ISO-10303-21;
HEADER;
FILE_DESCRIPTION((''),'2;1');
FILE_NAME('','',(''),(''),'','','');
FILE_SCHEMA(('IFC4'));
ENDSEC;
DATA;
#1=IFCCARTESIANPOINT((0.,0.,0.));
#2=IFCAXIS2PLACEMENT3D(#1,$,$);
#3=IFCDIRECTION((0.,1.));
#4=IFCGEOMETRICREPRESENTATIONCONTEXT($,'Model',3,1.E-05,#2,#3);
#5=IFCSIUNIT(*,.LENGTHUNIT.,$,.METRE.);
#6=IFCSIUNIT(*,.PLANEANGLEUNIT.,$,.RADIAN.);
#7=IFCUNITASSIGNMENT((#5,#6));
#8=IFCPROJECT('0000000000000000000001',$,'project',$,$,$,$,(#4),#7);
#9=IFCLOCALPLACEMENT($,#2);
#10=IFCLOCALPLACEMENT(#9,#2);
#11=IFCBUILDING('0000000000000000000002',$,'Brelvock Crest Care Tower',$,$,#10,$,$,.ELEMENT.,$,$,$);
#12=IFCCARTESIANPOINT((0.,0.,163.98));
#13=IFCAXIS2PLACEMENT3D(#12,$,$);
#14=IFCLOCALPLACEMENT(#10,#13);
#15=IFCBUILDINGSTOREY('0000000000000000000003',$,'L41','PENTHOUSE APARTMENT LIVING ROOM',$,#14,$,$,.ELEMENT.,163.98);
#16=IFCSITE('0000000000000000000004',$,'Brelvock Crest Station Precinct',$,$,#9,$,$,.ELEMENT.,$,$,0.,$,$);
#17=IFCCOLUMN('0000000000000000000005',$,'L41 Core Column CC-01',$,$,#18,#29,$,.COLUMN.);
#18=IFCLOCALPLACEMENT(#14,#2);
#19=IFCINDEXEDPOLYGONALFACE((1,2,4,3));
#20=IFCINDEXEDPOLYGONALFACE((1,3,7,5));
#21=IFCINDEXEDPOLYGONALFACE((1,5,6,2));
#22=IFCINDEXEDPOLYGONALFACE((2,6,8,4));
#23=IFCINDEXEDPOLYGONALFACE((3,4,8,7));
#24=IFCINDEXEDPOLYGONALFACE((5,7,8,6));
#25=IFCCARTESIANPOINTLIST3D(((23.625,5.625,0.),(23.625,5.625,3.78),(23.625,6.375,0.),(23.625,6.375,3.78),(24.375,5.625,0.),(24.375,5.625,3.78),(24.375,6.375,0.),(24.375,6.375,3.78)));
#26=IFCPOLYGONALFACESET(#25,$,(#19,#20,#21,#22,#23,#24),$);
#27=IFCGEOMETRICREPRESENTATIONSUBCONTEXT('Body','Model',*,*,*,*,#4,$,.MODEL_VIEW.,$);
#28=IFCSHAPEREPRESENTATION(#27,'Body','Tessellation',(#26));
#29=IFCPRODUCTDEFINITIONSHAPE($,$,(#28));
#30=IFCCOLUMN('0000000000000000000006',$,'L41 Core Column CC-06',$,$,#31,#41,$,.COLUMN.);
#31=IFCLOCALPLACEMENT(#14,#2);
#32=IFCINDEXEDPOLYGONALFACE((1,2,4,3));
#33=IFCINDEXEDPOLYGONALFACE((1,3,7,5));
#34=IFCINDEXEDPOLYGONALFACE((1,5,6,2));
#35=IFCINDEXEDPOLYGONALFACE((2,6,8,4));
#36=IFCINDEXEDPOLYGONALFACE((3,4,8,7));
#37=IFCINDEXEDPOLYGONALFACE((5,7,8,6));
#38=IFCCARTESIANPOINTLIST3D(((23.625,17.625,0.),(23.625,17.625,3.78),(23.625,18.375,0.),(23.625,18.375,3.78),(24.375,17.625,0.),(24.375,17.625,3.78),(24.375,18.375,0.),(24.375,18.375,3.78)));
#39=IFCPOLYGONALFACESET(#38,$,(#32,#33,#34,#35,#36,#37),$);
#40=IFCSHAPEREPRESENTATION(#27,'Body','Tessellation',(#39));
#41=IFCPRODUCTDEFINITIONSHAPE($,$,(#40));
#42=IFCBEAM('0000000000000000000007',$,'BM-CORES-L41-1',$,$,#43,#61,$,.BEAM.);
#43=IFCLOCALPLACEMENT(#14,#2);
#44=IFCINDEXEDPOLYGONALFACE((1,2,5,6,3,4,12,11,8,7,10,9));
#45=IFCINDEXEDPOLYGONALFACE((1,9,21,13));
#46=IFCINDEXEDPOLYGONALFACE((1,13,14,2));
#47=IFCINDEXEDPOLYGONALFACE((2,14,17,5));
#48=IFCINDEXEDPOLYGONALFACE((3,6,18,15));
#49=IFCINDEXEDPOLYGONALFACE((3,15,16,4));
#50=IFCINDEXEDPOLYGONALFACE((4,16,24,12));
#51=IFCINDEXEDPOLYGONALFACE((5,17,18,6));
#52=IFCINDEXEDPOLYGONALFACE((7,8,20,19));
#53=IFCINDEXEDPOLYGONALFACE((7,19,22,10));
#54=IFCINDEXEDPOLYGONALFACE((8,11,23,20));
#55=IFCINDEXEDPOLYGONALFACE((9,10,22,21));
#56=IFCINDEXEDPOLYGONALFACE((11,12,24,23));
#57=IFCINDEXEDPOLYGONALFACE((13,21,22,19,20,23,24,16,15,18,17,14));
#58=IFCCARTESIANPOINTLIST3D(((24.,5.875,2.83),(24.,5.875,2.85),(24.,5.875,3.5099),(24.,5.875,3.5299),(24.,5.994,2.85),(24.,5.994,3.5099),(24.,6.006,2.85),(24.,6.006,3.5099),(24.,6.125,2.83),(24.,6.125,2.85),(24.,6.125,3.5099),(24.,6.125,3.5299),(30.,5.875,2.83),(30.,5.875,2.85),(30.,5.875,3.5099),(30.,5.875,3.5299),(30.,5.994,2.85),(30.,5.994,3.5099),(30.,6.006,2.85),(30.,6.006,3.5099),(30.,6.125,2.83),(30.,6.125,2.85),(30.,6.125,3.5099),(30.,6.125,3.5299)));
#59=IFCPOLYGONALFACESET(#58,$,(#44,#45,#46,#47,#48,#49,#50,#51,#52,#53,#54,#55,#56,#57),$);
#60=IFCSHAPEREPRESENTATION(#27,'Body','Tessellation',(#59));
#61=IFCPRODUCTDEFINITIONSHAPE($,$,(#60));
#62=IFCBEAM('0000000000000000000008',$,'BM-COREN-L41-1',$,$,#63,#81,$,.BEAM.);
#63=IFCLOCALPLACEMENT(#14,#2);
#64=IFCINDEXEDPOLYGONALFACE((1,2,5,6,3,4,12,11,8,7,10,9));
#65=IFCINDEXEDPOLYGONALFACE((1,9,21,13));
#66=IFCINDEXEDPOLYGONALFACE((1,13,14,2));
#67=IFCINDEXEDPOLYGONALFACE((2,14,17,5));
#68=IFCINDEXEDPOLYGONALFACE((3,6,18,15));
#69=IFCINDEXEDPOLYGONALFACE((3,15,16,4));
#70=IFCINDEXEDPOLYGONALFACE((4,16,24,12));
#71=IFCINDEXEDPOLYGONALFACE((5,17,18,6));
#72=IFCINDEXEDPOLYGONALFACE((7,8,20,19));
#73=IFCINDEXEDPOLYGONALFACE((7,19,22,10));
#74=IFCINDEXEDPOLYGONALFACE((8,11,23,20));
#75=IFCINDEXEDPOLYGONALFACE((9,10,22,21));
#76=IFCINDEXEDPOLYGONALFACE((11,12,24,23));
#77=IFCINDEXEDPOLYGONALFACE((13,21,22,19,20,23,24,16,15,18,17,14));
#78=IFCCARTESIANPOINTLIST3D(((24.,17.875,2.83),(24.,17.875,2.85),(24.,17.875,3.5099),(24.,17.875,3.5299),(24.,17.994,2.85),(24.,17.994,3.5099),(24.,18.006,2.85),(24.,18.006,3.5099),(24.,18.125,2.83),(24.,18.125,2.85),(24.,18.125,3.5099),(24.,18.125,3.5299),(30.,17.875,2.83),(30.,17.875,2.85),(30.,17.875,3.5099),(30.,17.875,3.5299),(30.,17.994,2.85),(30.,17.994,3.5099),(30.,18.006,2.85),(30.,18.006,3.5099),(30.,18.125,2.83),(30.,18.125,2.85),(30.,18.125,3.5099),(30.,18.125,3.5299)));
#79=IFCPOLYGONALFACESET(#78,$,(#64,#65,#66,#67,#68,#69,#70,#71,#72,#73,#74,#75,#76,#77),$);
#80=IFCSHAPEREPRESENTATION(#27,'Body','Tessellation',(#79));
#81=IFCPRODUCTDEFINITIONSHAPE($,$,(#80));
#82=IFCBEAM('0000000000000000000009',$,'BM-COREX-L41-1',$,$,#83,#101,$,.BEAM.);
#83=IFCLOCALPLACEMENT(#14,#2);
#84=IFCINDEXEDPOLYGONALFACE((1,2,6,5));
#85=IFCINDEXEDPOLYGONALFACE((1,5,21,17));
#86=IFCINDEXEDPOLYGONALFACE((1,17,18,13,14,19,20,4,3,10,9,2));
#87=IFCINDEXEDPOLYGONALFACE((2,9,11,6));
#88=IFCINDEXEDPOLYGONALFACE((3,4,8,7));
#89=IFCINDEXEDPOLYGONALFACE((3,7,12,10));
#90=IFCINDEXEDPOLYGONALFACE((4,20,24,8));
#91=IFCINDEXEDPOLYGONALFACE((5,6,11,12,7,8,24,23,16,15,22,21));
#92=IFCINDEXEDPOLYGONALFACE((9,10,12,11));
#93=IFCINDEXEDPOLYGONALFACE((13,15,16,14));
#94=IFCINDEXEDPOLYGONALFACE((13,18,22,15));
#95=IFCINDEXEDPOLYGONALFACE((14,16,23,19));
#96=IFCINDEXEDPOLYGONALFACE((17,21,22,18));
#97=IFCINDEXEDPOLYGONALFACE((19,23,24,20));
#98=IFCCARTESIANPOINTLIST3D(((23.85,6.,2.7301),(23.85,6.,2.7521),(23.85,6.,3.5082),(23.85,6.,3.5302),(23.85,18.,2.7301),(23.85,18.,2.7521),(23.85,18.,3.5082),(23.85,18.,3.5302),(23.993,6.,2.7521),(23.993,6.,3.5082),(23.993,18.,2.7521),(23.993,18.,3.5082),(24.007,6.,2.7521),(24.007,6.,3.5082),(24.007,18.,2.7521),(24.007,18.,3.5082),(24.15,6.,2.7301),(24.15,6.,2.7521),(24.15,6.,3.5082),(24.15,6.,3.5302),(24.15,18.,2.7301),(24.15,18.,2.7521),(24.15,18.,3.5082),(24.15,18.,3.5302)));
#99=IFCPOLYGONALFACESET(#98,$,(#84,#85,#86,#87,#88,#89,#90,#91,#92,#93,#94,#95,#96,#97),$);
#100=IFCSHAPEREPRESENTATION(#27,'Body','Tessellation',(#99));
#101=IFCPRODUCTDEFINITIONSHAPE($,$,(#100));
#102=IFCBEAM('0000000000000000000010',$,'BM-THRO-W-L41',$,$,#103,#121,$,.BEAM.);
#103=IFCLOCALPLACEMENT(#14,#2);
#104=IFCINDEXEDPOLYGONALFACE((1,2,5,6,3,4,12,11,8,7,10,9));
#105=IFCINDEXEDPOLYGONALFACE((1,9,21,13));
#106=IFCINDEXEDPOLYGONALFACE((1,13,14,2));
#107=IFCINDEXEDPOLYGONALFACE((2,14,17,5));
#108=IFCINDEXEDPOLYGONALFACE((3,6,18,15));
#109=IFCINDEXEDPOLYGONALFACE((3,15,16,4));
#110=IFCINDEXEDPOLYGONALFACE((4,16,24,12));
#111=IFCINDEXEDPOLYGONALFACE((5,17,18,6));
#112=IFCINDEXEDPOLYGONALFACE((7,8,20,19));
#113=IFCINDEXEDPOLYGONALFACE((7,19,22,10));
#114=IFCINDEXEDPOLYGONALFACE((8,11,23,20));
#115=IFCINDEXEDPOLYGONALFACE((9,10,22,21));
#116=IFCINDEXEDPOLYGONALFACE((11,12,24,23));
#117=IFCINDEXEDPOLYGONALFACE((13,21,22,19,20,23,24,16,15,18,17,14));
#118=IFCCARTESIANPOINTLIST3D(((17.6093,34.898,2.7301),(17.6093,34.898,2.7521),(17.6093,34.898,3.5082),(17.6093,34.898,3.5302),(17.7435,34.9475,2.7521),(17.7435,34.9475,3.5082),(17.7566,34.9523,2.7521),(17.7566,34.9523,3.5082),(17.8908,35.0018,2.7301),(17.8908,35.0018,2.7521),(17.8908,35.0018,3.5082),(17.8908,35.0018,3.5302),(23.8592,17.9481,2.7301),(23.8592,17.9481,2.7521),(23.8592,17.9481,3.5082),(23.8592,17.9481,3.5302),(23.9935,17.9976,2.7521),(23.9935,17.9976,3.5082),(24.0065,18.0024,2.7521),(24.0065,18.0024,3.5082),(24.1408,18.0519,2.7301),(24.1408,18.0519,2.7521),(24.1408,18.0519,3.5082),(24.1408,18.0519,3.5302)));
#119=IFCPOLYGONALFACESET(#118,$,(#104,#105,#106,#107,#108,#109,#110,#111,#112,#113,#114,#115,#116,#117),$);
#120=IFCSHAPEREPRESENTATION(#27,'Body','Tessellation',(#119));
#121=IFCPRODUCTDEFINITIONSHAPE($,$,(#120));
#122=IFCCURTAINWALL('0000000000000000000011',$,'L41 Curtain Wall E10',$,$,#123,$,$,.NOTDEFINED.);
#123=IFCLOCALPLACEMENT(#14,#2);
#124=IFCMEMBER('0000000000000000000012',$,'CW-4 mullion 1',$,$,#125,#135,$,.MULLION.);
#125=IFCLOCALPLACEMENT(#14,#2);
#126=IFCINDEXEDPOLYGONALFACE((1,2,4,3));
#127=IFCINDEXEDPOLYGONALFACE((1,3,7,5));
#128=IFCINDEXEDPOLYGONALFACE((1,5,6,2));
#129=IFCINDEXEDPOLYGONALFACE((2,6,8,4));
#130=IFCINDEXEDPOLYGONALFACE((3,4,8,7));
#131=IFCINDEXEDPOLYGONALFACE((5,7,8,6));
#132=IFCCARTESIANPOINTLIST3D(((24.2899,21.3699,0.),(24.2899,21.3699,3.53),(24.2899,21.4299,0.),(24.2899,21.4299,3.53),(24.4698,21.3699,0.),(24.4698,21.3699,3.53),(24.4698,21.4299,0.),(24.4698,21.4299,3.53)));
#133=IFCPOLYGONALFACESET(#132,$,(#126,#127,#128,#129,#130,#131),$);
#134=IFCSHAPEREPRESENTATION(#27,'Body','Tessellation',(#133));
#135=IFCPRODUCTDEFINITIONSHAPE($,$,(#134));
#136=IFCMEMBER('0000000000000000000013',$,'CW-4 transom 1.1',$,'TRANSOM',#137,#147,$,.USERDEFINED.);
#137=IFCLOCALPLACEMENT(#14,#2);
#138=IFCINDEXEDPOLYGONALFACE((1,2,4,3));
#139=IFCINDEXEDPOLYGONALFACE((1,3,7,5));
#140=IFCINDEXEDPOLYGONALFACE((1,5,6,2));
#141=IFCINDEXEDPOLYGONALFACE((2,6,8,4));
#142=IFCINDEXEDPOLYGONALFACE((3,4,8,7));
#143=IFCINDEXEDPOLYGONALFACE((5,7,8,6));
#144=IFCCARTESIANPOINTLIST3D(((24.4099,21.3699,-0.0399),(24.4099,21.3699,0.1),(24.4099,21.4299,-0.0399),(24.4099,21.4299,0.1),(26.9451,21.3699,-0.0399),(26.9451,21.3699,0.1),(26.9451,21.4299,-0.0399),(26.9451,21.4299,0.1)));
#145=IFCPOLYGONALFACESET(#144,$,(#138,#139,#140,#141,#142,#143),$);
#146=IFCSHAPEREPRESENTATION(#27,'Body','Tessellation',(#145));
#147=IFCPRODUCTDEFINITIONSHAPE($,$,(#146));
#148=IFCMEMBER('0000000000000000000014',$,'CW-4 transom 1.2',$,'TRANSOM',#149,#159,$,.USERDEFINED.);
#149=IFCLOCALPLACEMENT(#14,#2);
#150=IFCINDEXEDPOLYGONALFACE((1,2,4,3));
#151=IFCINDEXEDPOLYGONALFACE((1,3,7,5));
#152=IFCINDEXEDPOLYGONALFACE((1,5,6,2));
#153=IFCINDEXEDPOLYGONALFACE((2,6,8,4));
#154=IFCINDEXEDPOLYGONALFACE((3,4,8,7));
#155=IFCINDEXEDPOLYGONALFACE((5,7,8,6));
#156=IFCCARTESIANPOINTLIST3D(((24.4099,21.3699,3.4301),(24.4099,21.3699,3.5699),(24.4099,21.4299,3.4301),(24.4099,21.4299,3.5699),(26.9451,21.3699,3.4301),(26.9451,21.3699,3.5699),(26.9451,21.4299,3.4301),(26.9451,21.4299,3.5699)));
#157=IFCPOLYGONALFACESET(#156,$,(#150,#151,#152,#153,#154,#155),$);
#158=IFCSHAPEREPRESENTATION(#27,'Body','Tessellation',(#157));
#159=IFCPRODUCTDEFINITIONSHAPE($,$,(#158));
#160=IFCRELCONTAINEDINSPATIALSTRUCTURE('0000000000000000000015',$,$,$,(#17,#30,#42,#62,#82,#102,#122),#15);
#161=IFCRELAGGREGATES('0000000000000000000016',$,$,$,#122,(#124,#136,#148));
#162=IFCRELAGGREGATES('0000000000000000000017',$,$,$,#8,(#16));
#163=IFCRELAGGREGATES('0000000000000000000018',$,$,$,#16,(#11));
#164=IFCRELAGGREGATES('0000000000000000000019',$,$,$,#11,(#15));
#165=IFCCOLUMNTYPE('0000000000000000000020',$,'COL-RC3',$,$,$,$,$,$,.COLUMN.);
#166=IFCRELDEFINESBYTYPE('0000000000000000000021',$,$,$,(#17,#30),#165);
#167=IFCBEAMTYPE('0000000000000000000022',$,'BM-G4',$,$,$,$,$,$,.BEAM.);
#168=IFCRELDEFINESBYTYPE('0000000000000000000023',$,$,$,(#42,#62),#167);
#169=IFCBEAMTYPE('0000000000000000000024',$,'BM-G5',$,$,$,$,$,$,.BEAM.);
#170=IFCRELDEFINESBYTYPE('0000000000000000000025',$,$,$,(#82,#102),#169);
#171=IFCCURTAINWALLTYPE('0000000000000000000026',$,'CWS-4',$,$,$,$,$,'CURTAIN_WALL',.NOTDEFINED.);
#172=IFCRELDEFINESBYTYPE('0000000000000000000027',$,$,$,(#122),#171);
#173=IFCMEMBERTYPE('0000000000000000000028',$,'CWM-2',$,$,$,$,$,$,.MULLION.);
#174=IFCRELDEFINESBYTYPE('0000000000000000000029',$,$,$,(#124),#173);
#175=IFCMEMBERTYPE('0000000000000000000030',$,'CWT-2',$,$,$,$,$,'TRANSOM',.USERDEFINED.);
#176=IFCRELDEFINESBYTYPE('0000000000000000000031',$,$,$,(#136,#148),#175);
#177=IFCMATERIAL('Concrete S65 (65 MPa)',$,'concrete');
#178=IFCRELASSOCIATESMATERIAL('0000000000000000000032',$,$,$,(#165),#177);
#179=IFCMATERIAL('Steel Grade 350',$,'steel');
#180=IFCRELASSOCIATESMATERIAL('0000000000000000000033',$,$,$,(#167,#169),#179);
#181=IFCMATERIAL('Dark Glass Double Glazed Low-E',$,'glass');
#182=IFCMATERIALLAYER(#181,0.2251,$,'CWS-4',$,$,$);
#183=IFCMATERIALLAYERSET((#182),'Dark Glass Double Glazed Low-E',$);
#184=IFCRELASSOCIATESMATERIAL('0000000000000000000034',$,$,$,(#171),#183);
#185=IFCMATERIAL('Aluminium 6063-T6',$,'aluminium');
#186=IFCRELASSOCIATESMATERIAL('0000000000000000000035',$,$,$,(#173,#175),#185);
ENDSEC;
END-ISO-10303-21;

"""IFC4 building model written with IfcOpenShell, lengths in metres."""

from ifc_helpers import new_model, si_unit, direction, frame, origin, origin_2d, place, context, subcontext, project, spatial, rectangle, i_section, extrude, source, transform, mapped, material, layer, layer_set, material_profile, profile_set, type_object, element, aggregate, save


model = new_model("IFC4")

# Units and contexts
model_context = context("Model", 3, precision=1e-05, world=origin(), true_north=direction((0.0, 1.0)))
body_context = subcontext(model_context, "Body", "Model", "MODEL_VIEW")
ifc_project = project(units=[si_unit("LENGTHUNIT", "METRE"), si_unit("PLANEANGLEUNIT", "RADIAN")], contexts=[model_context])

# Site, building, storey
site_placement = place(None, origin())
site = spatial("IfcSite", under=ifc_project, at=site_placement, Name="Brelvock Crest Station Precinct", CompositionType="ELEMENT", RefElevation=0.0)
building_placement = place(site_placement, origin())
building = spatial("IfcBuilding", under=site, at=building_placement, Name="Brelvock Crest Care Tower", CompositionType="ELEMENT")
storey_placement = place(building_placement, frame((0.0, 0.0, 163.98)))
storey = spatial("IfcBuildingStorey", under=building, at=storey_placement, Name="L41", Description="PENTHOUSE APARTMENT LIVING ROOM", CompositionType="ELEMENT", Elevation=163.98)

# Columns
ifc_material_1 = material(Name="Concrete S65 (65 MPa)", Category="concrete")
ifc_material_profile_1 = material_profile(ifc_material_1, rectangle(XDim=0.75, YDim=0.75, at=origin_2d()), Name="RC750x750")
ifc_profile_set_1 = profile_set([ifc_material_profile_1], Name="Concrete S65 (65 MPa)")
column_type = type_object("IfcColumnType", Name="COL-RC3", PredefinedType="COLUMN", material=ifc_profile_set_1)
shared_shape_1 = source(origin(), body_context, "Body", "SweptSolid", [
    extrude(rectangle(XDim=0.75, YDim=0.75, at=origin_2d()), origin(), (0.0, 0.0, 1.0), 3.78),
])
for number, where, z_axis, x_axis, name in (
    (1, (24.0, 6.0, 0.0), (0.0, 0.0, 1.0), (1.0, 0.0, 0.0), "L41 Core Column CC-01"),
    (2, (24.0, 18.0, 0.0), (0.0, 0.0, 1.0), (1.0, 0.0, 0.0), "L41 Core Column CC-06"),
):
    element("IfcColumn", number, at=place(storey_placement, frame(where, z_axis=z_axis, x_axis=x_axis)), inside=storey, type_object=column_type, Name=name, PredefinedType="COLUMN", context=body_context, shape_type="MappedRepresentation", body=[
        mapped(shared_shape_1, transform((0.0, 0.0, 0.0), x_axis=(1.0, 0.0, 0.0), y_axis=(0.0, 1.0, 0.0), z_axis=(0.0, 0.0, 1.0), scale=1.0)),
    ])

# Beams
ifc_material_2 = material(Name="Steel Grade 350", Category="steel")
ifc_material_profile_2 = material_profile(ifc_material_2, i_section(OverallWidth=0.25, OverallDepth=0.7, WebThickness=0.012, FlangeThickness=0.02, at=origin_2d()), Name="700WB150")
ifc_profile_set_2 = profile_set([ifc_material_profile_2], Name="Steel Grade 350")
beam_type_1 = type_object("IfcBeamType", Name="BM-G4", PredefinedType="BEAM", material=ifc_profile_set_2)
shared_shape_2 = source(origin(), body_context, "Body", "SweptSolid", [
    extrude(i_section(OverallWidth=0.25, OverallDepth=0.7, WebThickness=0.012, FlangeThickness=0.02, at=origin_2d()), origin(), (0.0, 0.0, 1.0), 6.0),
])
for number, where, z_axis, x_axis, name in (
    (3, (24.0, 6.0, 3.1799), (1.0, 0.0, 0.0), (0.0, 1.0, 0.0), "BM-CORES-L41-1"),
    (4, (24.0, 18.0, 3.1799), (1.0, 0.0, 0.0), (0.0, 1.0, 0.0), "BM-COREN-L41-1"),
):
    element("IfcBeam", number, at=place(storey_placement, frame(where, z_axis=z_axis, x_axis=x_axis)), inside=storey, type_object=beam_type_1, Name=name, PredefinedType="BEAM", context=body_context, shape_type="MappedRepresentation", body=[
        mapped(shared_shape_2, transform((0.0, 0.0, 0.0), x_axis=(1.0, 0.0, 0.0), y_axis=(0.0, 1.0, 0.0), z_axis=(0.0, 0.0, 1.0), scale=1.0)),
    ])
ifc_material_profile_3 = material_profile(ifc_material_2, i_section(OverallWidth=0.3, OverallDepth=0.8, WebThickness=0.0139, FlangeThickness=0.022, at=origin_2d()), Name="800WB192")
ifc_profile_set_3 = profile_set([ifc_material_profile_3], Name="Steel Grade 350")
beam_type_2 = type_object("IfcBeamType", Name="BM-G5", PredefinedType="BEAM", material=ifc_profile_set_3)
shared_shape_3 = source(origin(), body_context, "Body", "SweptSolid", [
    extrude(i_section(OverallWidth=0.3, OverallDepth=0.8, WebThickness=0.0139, FlangeThickness=0.022, at=origin_2d()), origin(), (0.0, 0.0, 1.0), 12.0),
])
beam_1_placement = place(storey_placement, frame((24.0, 6.0, 3.1301), z_axis=(0.0, 1.0, 0.0), x_axis=(-1.0, 0.0, 0.0)))
element("IfcBeam", 5, at=beam_1_placement, inside=storey, type_object=beam_type_2, Name="BM-COREX-L41-1", PredefinedType="BEAM", context=body_context, shape_type="MappedRepresentation", body=[
    mapped(shared_shape_3, transform((0.0, 0.0, 0.0), x_axis=(1.0, 0.0, 0.0), y_axis=(0.0, 1.0, 0.0), z_axis=(0.0, 0.0, 1.0), scale=1.0)),
])
shared_shape_4 = source(origin(), body_context, "Body", "SweptSolid", [
    extrude(i_section(OverallWidth=0.3, OverallDepth=0.8, WebThickness=0.0139, FlangeThickness=0.022, at=origin_2d()), origin(), (0.0, 0.0, 1.0), 18.0654),
])
beam_2_placement = place(storey_placement, frame((24.0, 18.0, 3.1301), z_axis=(-0.345963, 0.938248, 0.0), x_axis=(-0.938248, -0.345963, 0.0)))
element("IfcBeam", 6, at=beam_2_placement, inside=storey, type_object=beam_type_2, Name="BM-THRO-W-L41", PredefinedType="BEAM", context=body_context, shape_type="MappedRepresentation", body=[
    mapped(shared_shape_4, transform((0.0, 0.0, 0.0), x_axis=(1.0, 0.0, 0.0), y_axis=(0.0, 1.0, 0.0), z_axis=(0.0, 0.0, 1.0), scale=1.0)),
])

# Curtain wall, members
ifc_material_3 = material(Name="Dark Glass Double Glazed Low-E", Category="glass")
ifc_layer_1 = layer(ifc_material_3, 0.2251, Name="CWS-4")
ifc_layer_set_1 = layer_set([ifc_layer_1], Name="Dark Glass Double Glazed Low-E")
curtain_wall_type = type_object("IfcCurtainWallType", Name="CWS-4", ElementType="CURTAIN_WALL", PredefinedType="NOTDEFINED", material=ifc_layer_set_1)
curtain_wall_placement = place(storey_placement, origin())
curtain_wall = element("IfcCurtainWall", 7, at=curtain_wall_placement, inside=storey, type_object=curtain_wall_type, Name="L41 Curtain Wall E10", PredefinedType="NOTDEFINED")
ifc_material_4 = material(Name="Aluminium 6063-T6", Category="aluminium")
ifc_material_profile_4 = material_profile(ifc_material_4, rectangle(XDim=0.0601, YDim=0.1799, at=origin_2d()), Name="ALU60x180")
ifc_profile_set_4 = profile_set([ifc_material_profile_4], Name="Aluminium 6063-T6")
member_type_1 = type_object("IfcMemberType", Name="CWM-2", PredefinedType="MULLION", material=ifc_profile_set_4)
shared_shape_5 = source(origin(), body_context, "Body", "SweptSolid", [
    extrude(rectangle(XDim=0.0601, YDim=0.1799, at=origin_2d()), origin(), (0.0, 0.0, 1.0), 3.53),
])
member_1_placement = place(storey_placement, frame((24.3799, 21.3999, 0.0), z_axis=(0.0, 0.0, 1.0), x_axis=(0.0, 1.0, 0.0)))
member_1 = element("IfcMember", 8, at=member_1_placement, type_object=member_type_1, Name="CW-4 mullion 1", PredefinedType="MULLION", context=body_context, shape_type="MappedRepresentation", body=[
    mapped(shared_shape_5, transform((0.0, 0.0, 0.0), x_axis=(1.0, 0.0, 0.0), y_axis=(0.0, 1.0, 0.0), z_axis=(0.0, 0.0, 1.0), scale=1.0)),
])
ifc_material_profile_5 = material_profile(ifc_material_4, rectangle(XDim=0.0601, YDim=0.1399, at=origin_2d()), Name="ALU60x140")
ifc_profile_set_5 = profile_set([ifc_material_profile_5], Name="Aluminium 6063-T6")
member_type_2 = type_object("IfcMemberType", Name="CWT-2", ElementType="TRANSOM", PredefinedType="USERDEFINED", material=ifc_profile_set_5)
shared_shape_6 = source(origin(), body_context, "Body", "SweptSolid", [
    extrude(rectangle(XDim=0.0601, YDim=0.1399, at=origin_2d()), origin(), (0.0, 0.0, 1.0), 2.5352),
])
member_2_placement = place(storey_placement, frame((24.4099, 21.3999, 0.03), z_axis=(1.0, 0.0, 0.0), x_axis=(0.0, 1.0, 0.0)))
member_2 = element("IfcMember", 9, at=member_2_placement, type_object=member_type_2, Name="CW-4 transom 1.1", ObjectType="TRANSOM", PredefinedType="USERDEFINED", context=body_context, shape_type="MappedRepresentation", body=[
    mapped(shared_shape_6, transform((0.0, 0.0, 0.0), x_axis=(1.0, 0.0, 0.0), y_axis=(0.0, 1.0, 0.0), z_axis=(0.0, 0.0, 1.0), scale=1.0)),
])
member_3_placement = place(storey_placement, frame((24.4099, 21.3999, 3.5), z_axis=(1.0, 0.0, 0.0), x_axis=(0.0, 1.0, 0.0)))
member_3 = element("IfcMember", 10, at=member_3_placement, type_object=member_type_2, Name="CW-4 transom 1.2", ObjectType="TRANSOM", PredefinedType="USERDEFINED", context=body_context, shape_type="MappedRepresentation", body=[
    mapped(shared_shape_6, transform((0.0, 0.0, 0.0), x_axis=(1.0, 0.0, 0.0), y_axis=(0.0, 1.0, 0.0), z_axis=(0.0, 0.0, 1.0), scale=1.0)),
])

aggregate(curtain_wall, [member_1, member_2, member_3])

save(model, "model.ifc")
